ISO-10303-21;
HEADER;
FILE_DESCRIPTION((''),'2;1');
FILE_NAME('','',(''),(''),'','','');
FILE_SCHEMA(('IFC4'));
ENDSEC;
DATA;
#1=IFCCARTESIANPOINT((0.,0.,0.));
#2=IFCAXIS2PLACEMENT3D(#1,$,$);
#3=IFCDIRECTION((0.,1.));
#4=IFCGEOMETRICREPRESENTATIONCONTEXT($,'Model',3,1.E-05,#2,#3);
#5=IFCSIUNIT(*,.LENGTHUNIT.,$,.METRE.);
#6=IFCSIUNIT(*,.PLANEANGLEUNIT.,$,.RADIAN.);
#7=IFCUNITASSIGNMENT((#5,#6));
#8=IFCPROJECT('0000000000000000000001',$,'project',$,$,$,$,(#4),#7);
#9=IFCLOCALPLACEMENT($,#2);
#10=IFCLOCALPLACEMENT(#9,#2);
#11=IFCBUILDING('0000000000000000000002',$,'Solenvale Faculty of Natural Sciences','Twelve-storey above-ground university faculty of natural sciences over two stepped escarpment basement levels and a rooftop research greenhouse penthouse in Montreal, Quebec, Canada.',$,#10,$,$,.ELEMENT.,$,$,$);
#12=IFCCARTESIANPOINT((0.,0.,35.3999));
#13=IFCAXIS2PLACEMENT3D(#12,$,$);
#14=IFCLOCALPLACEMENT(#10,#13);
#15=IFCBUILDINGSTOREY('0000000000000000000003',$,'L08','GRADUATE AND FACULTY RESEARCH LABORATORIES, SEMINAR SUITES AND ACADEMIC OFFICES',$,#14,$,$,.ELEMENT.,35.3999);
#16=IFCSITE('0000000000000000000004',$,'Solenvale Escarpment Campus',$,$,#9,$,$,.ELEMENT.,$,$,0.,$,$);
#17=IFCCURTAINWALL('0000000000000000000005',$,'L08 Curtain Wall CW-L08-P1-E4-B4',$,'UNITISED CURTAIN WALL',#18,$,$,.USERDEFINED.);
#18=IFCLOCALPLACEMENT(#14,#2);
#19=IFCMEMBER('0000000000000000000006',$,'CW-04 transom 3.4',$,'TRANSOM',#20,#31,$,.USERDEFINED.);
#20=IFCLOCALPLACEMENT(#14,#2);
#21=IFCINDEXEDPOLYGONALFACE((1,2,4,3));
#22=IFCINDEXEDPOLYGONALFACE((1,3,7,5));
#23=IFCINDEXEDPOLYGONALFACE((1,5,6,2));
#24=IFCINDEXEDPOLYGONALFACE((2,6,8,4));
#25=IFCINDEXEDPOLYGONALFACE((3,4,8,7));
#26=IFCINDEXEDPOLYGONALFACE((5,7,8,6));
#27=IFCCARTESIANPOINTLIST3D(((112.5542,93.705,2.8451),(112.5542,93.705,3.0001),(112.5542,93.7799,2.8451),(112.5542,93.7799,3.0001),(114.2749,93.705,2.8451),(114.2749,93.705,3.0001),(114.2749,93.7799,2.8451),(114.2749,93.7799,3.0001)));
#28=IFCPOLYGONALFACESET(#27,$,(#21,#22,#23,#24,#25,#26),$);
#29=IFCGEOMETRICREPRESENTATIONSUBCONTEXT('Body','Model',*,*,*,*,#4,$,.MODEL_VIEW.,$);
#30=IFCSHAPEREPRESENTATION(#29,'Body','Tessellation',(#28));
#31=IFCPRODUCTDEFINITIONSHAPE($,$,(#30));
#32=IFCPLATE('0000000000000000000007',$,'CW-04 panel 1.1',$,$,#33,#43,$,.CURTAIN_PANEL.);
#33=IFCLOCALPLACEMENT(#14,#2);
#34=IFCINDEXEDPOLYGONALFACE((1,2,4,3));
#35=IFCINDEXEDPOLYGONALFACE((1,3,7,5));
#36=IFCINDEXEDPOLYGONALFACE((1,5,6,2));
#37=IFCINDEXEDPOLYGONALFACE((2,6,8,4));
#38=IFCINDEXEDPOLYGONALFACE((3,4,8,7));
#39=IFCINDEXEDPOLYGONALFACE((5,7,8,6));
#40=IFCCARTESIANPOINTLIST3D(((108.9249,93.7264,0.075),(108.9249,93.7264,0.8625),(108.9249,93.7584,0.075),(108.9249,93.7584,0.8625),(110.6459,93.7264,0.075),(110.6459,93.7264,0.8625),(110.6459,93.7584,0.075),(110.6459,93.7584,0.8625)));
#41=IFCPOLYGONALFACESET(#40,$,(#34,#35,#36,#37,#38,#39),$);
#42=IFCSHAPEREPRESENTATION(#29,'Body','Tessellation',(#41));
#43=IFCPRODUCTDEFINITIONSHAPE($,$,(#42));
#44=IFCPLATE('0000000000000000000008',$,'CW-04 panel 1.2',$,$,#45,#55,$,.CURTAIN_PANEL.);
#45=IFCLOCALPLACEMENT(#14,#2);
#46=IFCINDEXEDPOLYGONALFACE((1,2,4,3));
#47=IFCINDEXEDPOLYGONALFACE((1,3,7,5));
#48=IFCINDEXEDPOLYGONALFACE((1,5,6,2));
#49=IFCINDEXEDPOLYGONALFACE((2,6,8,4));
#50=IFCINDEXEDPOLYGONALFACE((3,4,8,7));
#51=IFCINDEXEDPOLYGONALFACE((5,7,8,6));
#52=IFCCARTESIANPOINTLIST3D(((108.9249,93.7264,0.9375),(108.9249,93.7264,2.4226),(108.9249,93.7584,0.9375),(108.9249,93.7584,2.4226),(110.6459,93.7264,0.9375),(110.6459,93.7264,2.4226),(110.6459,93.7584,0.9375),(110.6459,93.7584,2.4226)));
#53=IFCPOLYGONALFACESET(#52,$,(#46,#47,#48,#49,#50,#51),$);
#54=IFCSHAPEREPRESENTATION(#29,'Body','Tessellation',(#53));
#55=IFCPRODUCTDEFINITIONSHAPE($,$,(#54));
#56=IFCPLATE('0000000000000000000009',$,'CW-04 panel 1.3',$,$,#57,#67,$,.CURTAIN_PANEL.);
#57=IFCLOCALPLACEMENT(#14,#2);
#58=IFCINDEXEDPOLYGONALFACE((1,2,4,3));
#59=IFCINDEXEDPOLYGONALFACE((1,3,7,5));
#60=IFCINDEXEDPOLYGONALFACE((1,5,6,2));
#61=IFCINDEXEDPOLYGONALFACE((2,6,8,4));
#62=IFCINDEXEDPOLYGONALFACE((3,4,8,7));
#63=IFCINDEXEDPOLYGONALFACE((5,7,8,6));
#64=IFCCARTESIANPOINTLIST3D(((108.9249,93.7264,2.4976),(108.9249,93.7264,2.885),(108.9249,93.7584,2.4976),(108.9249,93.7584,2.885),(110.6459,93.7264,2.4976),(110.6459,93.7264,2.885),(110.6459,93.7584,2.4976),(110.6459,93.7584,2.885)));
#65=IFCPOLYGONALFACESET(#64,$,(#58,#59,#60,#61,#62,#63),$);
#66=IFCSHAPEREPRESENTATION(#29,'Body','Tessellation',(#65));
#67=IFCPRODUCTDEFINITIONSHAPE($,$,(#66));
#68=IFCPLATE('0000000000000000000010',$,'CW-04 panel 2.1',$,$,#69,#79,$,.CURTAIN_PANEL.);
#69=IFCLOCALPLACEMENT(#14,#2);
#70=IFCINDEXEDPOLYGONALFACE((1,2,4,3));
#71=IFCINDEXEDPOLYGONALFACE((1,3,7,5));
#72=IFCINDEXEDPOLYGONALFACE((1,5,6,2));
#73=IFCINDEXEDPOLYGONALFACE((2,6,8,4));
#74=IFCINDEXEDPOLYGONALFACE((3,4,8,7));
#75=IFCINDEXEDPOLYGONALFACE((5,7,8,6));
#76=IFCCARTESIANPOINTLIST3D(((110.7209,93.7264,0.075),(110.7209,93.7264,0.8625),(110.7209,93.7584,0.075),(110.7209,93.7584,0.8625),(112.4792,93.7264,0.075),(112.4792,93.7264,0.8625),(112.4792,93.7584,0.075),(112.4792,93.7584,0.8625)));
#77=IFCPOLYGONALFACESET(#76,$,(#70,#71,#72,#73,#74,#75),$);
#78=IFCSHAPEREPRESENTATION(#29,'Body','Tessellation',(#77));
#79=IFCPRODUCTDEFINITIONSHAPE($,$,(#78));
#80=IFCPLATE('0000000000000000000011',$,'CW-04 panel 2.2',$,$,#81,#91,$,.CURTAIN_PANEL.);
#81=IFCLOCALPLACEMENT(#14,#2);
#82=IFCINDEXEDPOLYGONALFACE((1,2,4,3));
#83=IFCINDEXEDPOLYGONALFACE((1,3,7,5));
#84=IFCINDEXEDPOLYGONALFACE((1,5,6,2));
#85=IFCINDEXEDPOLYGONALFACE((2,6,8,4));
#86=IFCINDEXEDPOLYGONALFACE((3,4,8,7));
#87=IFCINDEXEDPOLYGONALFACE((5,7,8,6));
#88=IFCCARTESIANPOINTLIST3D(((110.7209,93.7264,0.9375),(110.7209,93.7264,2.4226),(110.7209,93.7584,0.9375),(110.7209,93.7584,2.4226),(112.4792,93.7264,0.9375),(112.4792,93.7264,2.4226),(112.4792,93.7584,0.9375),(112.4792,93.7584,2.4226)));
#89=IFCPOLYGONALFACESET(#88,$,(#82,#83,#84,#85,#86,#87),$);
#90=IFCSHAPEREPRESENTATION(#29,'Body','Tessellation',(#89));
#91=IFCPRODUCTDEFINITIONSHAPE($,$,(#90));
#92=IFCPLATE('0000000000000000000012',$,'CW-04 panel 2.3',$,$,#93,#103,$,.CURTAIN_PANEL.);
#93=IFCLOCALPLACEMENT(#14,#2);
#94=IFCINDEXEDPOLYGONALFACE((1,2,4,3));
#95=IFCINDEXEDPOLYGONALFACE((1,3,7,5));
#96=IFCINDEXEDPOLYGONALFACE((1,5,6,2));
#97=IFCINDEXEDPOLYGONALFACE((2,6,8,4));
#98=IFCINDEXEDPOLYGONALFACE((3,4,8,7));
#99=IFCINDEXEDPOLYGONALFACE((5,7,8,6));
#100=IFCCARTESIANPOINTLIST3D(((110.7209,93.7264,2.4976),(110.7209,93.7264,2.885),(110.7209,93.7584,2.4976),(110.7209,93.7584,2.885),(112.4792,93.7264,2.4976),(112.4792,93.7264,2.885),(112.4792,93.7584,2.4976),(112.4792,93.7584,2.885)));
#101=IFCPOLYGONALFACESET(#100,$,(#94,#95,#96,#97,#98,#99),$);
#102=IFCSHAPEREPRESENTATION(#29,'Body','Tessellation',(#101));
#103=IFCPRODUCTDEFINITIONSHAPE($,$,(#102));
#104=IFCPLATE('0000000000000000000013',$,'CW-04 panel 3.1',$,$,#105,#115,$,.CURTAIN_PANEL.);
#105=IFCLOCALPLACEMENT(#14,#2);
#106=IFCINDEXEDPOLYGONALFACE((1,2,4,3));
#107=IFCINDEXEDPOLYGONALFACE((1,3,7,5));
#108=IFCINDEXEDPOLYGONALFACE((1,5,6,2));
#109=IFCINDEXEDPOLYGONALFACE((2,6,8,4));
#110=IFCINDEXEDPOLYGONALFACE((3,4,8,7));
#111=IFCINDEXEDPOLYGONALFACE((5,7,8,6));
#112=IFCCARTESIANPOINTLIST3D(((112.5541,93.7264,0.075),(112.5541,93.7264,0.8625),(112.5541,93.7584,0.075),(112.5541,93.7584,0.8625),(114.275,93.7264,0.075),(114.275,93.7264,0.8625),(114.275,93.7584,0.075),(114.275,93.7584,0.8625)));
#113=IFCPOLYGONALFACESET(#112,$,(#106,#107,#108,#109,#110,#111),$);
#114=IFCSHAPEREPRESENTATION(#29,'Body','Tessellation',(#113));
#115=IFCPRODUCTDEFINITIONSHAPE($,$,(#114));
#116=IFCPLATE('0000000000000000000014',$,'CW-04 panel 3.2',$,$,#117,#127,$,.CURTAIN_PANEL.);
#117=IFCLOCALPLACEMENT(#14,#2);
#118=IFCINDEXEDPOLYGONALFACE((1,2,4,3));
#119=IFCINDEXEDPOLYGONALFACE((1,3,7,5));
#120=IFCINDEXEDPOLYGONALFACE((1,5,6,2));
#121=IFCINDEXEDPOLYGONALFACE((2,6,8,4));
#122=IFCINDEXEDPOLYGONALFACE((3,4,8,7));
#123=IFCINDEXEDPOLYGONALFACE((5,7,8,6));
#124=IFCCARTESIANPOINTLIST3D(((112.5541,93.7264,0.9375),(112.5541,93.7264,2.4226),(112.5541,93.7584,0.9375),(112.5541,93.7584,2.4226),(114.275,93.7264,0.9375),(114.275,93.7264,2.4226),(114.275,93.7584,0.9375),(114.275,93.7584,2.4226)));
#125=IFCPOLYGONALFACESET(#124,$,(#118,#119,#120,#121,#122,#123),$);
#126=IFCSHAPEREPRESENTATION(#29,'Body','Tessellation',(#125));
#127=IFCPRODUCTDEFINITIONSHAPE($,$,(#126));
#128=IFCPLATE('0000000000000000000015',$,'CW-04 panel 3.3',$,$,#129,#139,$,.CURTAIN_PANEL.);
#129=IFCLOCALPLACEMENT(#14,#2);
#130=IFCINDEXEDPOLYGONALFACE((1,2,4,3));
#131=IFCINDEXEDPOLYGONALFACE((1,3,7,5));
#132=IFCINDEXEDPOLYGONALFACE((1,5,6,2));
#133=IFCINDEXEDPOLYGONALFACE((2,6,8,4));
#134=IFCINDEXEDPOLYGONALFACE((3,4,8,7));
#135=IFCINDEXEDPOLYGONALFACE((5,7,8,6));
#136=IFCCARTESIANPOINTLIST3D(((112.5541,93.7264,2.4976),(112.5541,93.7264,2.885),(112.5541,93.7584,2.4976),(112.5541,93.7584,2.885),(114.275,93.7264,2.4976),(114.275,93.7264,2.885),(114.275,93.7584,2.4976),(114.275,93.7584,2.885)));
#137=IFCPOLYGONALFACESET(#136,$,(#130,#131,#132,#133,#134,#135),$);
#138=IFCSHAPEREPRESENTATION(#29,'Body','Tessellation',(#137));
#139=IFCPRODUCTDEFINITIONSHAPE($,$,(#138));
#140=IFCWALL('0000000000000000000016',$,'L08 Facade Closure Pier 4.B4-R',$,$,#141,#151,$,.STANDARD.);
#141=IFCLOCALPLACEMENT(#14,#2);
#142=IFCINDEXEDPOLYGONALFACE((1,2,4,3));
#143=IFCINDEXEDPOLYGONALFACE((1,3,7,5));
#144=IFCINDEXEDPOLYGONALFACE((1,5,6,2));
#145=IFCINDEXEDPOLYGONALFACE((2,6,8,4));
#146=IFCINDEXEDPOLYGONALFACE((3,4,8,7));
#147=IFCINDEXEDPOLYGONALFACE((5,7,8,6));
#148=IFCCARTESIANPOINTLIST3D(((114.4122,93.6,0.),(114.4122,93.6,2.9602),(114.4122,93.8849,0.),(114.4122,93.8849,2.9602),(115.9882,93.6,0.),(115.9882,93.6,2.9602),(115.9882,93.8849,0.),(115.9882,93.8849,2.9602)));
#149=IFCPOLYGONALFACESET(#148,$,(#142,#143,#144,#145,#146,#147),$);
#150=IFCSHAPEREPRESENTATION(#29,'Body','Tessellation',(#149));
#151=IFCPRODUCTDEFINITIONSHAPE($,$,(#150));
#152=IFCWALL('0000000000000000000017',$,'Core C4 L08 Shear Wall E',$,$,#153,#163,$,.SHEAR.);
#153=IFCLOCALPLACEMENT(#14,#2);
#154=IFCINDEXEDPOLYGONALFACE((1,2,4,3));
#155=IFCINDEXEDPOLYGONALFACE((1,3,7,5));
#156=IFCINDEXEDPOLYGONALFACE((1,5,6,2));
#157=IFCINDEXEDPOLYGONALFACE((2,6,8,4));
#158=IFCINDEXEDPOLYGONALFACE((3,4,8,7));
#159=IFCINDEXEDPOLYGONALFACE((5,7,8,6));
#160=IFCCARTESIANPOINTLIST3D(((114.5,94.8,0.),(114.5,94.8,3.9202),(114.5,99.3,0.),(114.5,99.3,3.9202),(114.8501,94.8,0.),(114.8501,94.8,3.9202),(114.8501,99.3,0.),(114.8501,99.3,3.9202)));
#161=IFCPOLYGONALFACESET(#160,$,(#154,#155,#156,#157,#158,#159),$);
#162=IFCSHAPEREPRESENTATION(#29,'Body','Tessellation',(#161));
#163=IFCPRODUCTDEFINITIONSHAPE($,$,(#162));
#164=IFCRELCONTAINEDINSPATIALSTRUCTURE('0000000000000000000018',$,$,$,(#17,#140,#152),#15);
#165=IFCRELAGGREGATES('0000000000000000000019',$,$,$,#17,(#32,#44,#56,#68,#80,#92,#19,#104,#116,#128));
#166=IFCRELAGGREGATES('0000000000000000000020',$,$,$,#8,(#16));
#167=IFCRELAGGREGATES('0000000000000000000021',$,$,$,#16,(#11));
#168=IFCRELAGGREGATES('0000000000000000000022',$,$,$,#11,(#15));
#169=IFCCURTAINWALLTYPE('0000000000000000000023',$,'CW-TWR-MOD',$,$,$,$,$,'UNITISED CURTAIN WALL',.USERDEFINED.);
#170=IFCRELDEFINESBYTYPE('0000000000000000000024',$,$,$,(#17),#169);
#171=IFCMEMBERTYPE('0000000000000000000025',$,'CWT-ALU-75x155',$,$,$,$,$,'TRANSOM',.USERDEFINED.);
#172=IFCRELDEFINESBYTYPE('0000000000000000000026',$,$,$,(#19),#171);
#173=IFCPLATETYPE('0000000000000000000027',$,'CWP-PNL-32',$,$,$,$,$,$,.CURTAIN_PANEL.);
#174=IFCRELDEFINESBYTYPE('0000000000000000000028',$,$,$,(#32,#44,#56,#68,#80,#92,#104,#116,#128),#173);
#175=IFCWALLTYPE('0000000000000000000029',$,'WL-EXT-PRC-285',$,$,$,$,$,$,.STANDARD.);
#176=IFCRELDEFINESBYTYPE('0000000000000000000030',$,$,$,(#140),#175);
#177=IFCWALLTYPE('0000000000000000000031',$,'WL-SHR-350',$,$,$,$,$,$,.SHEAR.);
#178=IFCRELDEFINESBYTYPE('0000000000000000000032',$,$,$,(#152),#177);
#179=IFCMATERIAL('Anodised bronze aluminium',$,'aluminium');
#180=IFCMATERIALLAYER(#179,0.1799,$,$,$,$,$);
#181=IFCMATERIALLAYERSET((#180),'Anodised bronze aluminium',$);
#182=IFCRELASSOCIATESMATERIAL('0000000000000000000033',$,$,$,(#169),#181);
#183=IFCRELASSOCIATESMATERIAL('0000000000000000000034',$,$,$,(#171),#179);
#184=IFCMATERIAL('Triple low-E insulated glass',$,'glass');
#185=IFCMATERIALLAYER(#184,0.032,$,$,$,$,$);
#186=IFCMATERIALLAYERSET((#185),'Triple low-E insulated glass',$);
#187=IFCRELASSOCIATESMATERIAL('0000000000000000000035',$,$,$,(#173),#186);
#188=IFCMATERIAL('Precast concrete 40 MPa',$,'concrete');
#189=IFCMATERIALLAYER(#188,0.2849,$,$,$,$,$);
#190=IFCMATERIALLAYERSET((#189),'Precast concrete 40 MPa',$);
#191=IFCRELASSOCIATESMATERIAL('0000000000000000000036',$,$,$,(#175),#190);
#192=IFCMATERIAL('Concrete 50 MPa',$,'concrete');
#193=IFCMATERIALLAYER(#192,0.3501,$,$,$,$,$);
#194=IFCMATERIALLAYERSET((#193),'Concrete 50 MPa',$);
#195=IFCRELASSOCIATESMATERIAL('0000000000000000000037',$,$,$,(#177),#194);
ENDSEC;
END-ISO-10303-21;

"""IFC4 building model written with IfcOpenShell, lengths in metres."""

from ifc_helpers import new_model, si_unit, direction, frame, frame_2d, origin, origin_2d, place, context, subcontext, project, spatial, rectangle, extrude, material, layer, layer_set, material_profile, profile_set, type_object, element, aggregate, save


model = new_model("IFC4")

# Units and contexts
model_context = context("Model", 3, precision=1e-05, world=origin(), true_north=direction((0.0, 1.0)))
body_context = subcontext(model_context, "Body", "Model", "MODEL_VIEW")
ifc_project = project(units=[si_unit("LENGTHUNIT", "METRE"), si_unit("PLANEANGLEUNIT", "RADIAN")], contexts=[model_context])

# Site, building, storey
site_placement = place(None, origin())
site = spatial("IfcSite", under=ifc_project, at=site_placement, Name="Solenvale Escarpment Campus", CompositionType="ELEMENT", RefElevation=0.0)
building_placement = place(site_placement, origin())
building = spatial("IfcBuilding", under=site, at=building_placement, Name="Solenvale Faculty of Natural Sciences", Description="Twelve-storey above-ground university faculty of natural sciences over two stepped escarpment basement levels and a rooftop research greenhouse penthouse in Montreal, Quebec, Canada.", CompositionType="ELEMENT")
storey_placement = place(building_placement, frame((0.0, 0.0, 35.3999)))
storey = spatial("IfcBuildingStorey", under=building, at=storey_placement, Name="L08", Description="GRADUATE AND FACULTY RESEARCH LABORATORIES, SEMINAR SUITES AND ACADEMIC OFFICES", CompositionType="ELEMENT", Elevation=35.3999)

# Curtain wall, member, plates
ifc_material_1 = material(Name="Anodised bronze aluminium", Category="aluminium")
ifc_layer_1 = layer(ifc_material_1, 0.1799)
ifc_layer_set_1 = layer_set([ifc_layer_1], Name="Anodised bronze aluminium")
curtain_wall_type = type_object("IfcCurtainWallType", Name="CW-TWR-MOD", ElementType="UNITISED CURTAIN WALL", PredefinedType="USERDEFINED", material=ifc_layer_set_1)
curtain_wall_placement = place(storey_placement, origin())
curtain_wall = element("IfcCurtainWall", 1, at=curtain_wall_placement, inside=storey, type_object=curtain_wall_type, Name="L08 Curtain Wall CW-L08-P1-E4-B4", ObjectType="UNITISED CURTAIN WALL", PredefinedType="USERDEFINED")
ifc_material_profile_1 = material_profile(ifc_material_1, rectangle(XDim=0.075, YDim=0.155, at=origin_2d()), Name="ALU-TRN-75x155")
ifc_profile_set_1 = profile_set([ifc_material_profile_1], Name="Anodised bronze aluminium")
member_type_1 = type_object("IfcMemberType", Name="CWT-ALU-75x155", ElementType="TRANSOM", PredefinedType="USERDEFINED", material=ifc_profile_set_1)
member_1_placement = place(storey_placement, frame((112.5542, 93.7424, 2.9226), z_axis=(1.0, 0.0, 0.0), x_axis=(0.0, 1.0, 0.0)))
member_1 = element("IfcMember", 2, at=member_1_placement, type_object=member_type_1, Name="CW-04 transom 3.4", ObjectType="TRANSOM", PredefinedType="USERDEFINED", context=body_context, shape_type="SweptSolid", body=[
    extrude(rectangle(XDim=0.075, YDim=0.155, at=origin_2d()), origin(), (0.0, 0.0, 1.0), 1.7207),
])
ifc_material_2 = material(Name="Triple low-E insulated glass", Category="glass")
ifc_layer_2 = layer(ifc_material_2, 0.032)
ifc_layer_set_2 = layer_set([ifc_layer_2], Name="Triple low-E insulated glass")
plate_type = type_object("IfcPlateType", Name="CWP-PNL-32", PredefinedType="CURTAIN_PANEL", material=ifc_layer_set_2)
plate_1_placement = place(storey_placement, frame((109.7854, 93.7424, 0.075), z_axis=(0.0, 0.0, 1.0), x_axis=(1.0, 0.0, 0.0)))
plate_1 = element("IfcPlate", 3, at=plate_1_placement, type_object=plate_type, Name="CW-04 panel 1.1", PredefinedType="CURTAIN_PANEL", context=body_context, shape_type="SweptSolid", body=[
    extrude(rectangle(XDim=1.7209, YDim=0.032, at=origin_2d()), origin(), (0.0, 0.0, 1.0), 0.7876),
])
plate_2_placement = place(storey_placement, frame((109.7854, 93.7424, 0.9375), z_axis=(0.0, 0.0, 1.0), x_axis=(1.0, 0.0, 0.0)))
plate_2 = element("IfcPlate", 4, at=plate_2_placement, type_object=plate_type, Name="CW-04 panel 1.2", PredefinedType="CURTAIN_PANEL", context=body_context, shape_type="SweptSolid", body=[
    extrude(rectangle(XDim=1.7209, YDim=0.032, at=origin_2d()), origin(), (0.0, 0.0, 1.0), 1.4851),
])
plate_3_placement = place(storey_placement, frame((109.7854, 93.7424, 2.4976), z_axis=(0.0, 0.0, 1.0), x_axis=(1.0, 0.0, 0.0)))
plate_3 = element("IfcPlate", 5, at=plate_3_placement, type_object=plate_type, Name="CW-04 panel 1.3", PredefinedType="CURTAIN_PANEL", context=body_context, shape_type="SweptSolid", body=[
    extrude(rectangle(XDim=1.7209, YDim=0.032, at=origin_2d()), origin(), (0.0, 0.0, 1.0), 0.3875),
])
plate_4_placement = place(storey_placement, frame((111.6001, 93.7424, 0.075), z_axis=(0.0, 0.0, 1.0), x_axis=(1.0, 0.0, 0.0)))
plate_4 = element("IfcPlate", 6, at=plate_4_placement, type_object=plate_type, Name="CW-04 panel 2.1", PredefinedType="CURTAIN_PANEL", context=body_context, shape_type="SweptSolid", body=[
    extrude(rectangle(XDim=1.7583, YDim=0.032, at=origin_2d()), origin(), (0.0, 0.0, 1.0), 0.7876),
])
plate_5_placement = place(storey_placement, frame((111.6001, 93.7424, 0.9375), z_axis=(0.0, 0.0, 1.0), x_axis=(1.0, 0.0, 0.0)))
plate_5 = element("IfcPlate", 7, at=plate_5_placement, type_object=plate_type, Name="CW-04 panel 2.2", PredefinedType="CURTAIN_PANEL", context=body_context, shape_type="SweptSolid", body=[
    extrude(rectangle(XDim=1.7583, YDim=0.032, at=origin_2d()), origin(), (0.0, 0.0, 1.0), 1.4851),
])
plate_6_placement = place(storey_placement, frame((111.6001, 93.7424, 2.4976), z_axis=(0.0, 0.0, 1.0), x_axis=(1.0, 0.0, 0.0)))
plate_6 = element("IfcPlate", 8, at=plate_6_placement, type_object=plate_type, Name="CW-04 panel 2.3", PredefinedType="CURTAIN_PANEL", context=body_context, shape_type="SweptSolid", body=[
    extrude(rectangle(XDim=1.7583, YDim=0.032, at=origin_2d()), origin(), (0.0, 0.0, 1.0), 0.3875),
])
plate_7_placement = place(storey_placement, frame((113.4146, 93.7424, 0.075), z_axis=(0.0, 0.0, 1.0), x_axis=(1.0, 0.0, 0.0)))
plate_7 = element("IfcPlate", 9, at=plate_7_placement, type_object=plate_type, Name="CW-04 panel 3.1", PredefinedType="CURTAIN_PANEL", context=body_context, shape_type="SweptSolid", body=[
    extrude(rectangle(XDim=1.7209, YDim=0.032, at=origin_2d()), origin(), (0.0, 0.0, 1.0), 0.7876),
])
plate_8_placement = place(storey_placement, frame((113.4146, 93.7424, 0.9375), z_axis=(0.0, 0.0, 1.0), x_axis=(1.0, 0.0, 0.0)))
plate_8 = element("IfcPlate", 10, at=plate_8_placement, type_object=plate_type, Name="CW-04 panel 3.2", PredefinedType="CURTAIN_PANEL", context=body_context, shape_type="SweptSolid", body=[
    extrude(rectangle(XDim=1.7209, YDim=0.032, at=origin_2d()), origin(), (0.0, 0.0, 1.0), 1.4851),
])
plate_9_placement = place(storey_placement, frame((113.4146, 93.7424, 2.4976), z_axis=(0.0, 0.0, 1.0), x_axis=(1.0, 0.0, 0.0)))
plate_9 = element("IfcPlate", 11, at=plate_9_placement, type_object=plate_type, Name="CW-04 panel 3.3", PredefinedType="CURTAIN_PANEL", context=body_context, shape_type="SweptSolid", body=[
    extrude(rectangle(XDim=1.7209, YDim=0.032, at=origin_2d()), origin(), (0.0, 0.0, 1.0), 0.3875),
])
aggregate(curtain_wall, [plate_1, plate_2, plate_3, plate_4, plate_5, plate_6, member_1, plate_7, plate_8, plate_9])

# Walls
ifc_material_3 = material(Name="Precast concrete 40 MPa", Category="concrete")
ifc_layer_3 = layer(ifc_material_3, 0.2849)
ifc_layer_set_3 = layer_set([ifc_layer_3], Name="Precast concrete 40 MPa")
wall_type_1 = type_object("IfcWallType", Name="WL-EXT-PRC-285", PredefinedType="STANDARD", material=ifc_layer_set_3)
wall_1_placement = place(storey_placement, frame((114.4121, 93.7424, 0.0), z_axis=(0.0, 0.0, 1.0), x_axis=(1.0, 0.0, 0.0)))
element("IfcWall", 12, at=wall_1_placement, inside=storey, type_object=wall_type_1, Name="L08 Facade Closure Pier 4.B4-R", PredefinedType="STANDARD", context=body_context, shape_type="SweptSolid", body=[
    extrude(rectangle(XDim=1.5759, YDim=0.2849, at=frame_2d((0.7881, 0.0))), origin(), (0.0, 0.0, 1.0), 2.9602),
])
ifc_material_4 = material(Name="Concrete 50 MPa", Category="concrete")
ifc_layer_4 = layer(ifc_material_4, 0.3501)
ifc_layer_set_4 = layer_set([ifc_layer_4], Name="Concrete 50 MPa")
wall_type_2 = type_object("IfcWallType", Name="WL-SHR-350", PredefinedType="SHEAR", material=ifc_layer_set_4)
wall_2_placement = place(storey_placement, frame((114.675, 94.8, 0.0), z_axis=(0.0, 0.0, 1.0), x_axis=(0.0, 1.0, 0.0)))
element("IfcWall", 13, at=wall_2_placement, inside=storey, type_object=wall_type_2, Name="Core C4 L08 Shear Wall E", PredefinedType="SHEAR", context=body_context, shape_type="SweptSolid", body=[
    extrude(rectangle(XDim=4.5, YDim=0.3501, at=frame_2d((2.25, 0.0))), origin(), (0.0, 0.0, 1.0), 3.9202),
])

save(model, "model.ifc")
